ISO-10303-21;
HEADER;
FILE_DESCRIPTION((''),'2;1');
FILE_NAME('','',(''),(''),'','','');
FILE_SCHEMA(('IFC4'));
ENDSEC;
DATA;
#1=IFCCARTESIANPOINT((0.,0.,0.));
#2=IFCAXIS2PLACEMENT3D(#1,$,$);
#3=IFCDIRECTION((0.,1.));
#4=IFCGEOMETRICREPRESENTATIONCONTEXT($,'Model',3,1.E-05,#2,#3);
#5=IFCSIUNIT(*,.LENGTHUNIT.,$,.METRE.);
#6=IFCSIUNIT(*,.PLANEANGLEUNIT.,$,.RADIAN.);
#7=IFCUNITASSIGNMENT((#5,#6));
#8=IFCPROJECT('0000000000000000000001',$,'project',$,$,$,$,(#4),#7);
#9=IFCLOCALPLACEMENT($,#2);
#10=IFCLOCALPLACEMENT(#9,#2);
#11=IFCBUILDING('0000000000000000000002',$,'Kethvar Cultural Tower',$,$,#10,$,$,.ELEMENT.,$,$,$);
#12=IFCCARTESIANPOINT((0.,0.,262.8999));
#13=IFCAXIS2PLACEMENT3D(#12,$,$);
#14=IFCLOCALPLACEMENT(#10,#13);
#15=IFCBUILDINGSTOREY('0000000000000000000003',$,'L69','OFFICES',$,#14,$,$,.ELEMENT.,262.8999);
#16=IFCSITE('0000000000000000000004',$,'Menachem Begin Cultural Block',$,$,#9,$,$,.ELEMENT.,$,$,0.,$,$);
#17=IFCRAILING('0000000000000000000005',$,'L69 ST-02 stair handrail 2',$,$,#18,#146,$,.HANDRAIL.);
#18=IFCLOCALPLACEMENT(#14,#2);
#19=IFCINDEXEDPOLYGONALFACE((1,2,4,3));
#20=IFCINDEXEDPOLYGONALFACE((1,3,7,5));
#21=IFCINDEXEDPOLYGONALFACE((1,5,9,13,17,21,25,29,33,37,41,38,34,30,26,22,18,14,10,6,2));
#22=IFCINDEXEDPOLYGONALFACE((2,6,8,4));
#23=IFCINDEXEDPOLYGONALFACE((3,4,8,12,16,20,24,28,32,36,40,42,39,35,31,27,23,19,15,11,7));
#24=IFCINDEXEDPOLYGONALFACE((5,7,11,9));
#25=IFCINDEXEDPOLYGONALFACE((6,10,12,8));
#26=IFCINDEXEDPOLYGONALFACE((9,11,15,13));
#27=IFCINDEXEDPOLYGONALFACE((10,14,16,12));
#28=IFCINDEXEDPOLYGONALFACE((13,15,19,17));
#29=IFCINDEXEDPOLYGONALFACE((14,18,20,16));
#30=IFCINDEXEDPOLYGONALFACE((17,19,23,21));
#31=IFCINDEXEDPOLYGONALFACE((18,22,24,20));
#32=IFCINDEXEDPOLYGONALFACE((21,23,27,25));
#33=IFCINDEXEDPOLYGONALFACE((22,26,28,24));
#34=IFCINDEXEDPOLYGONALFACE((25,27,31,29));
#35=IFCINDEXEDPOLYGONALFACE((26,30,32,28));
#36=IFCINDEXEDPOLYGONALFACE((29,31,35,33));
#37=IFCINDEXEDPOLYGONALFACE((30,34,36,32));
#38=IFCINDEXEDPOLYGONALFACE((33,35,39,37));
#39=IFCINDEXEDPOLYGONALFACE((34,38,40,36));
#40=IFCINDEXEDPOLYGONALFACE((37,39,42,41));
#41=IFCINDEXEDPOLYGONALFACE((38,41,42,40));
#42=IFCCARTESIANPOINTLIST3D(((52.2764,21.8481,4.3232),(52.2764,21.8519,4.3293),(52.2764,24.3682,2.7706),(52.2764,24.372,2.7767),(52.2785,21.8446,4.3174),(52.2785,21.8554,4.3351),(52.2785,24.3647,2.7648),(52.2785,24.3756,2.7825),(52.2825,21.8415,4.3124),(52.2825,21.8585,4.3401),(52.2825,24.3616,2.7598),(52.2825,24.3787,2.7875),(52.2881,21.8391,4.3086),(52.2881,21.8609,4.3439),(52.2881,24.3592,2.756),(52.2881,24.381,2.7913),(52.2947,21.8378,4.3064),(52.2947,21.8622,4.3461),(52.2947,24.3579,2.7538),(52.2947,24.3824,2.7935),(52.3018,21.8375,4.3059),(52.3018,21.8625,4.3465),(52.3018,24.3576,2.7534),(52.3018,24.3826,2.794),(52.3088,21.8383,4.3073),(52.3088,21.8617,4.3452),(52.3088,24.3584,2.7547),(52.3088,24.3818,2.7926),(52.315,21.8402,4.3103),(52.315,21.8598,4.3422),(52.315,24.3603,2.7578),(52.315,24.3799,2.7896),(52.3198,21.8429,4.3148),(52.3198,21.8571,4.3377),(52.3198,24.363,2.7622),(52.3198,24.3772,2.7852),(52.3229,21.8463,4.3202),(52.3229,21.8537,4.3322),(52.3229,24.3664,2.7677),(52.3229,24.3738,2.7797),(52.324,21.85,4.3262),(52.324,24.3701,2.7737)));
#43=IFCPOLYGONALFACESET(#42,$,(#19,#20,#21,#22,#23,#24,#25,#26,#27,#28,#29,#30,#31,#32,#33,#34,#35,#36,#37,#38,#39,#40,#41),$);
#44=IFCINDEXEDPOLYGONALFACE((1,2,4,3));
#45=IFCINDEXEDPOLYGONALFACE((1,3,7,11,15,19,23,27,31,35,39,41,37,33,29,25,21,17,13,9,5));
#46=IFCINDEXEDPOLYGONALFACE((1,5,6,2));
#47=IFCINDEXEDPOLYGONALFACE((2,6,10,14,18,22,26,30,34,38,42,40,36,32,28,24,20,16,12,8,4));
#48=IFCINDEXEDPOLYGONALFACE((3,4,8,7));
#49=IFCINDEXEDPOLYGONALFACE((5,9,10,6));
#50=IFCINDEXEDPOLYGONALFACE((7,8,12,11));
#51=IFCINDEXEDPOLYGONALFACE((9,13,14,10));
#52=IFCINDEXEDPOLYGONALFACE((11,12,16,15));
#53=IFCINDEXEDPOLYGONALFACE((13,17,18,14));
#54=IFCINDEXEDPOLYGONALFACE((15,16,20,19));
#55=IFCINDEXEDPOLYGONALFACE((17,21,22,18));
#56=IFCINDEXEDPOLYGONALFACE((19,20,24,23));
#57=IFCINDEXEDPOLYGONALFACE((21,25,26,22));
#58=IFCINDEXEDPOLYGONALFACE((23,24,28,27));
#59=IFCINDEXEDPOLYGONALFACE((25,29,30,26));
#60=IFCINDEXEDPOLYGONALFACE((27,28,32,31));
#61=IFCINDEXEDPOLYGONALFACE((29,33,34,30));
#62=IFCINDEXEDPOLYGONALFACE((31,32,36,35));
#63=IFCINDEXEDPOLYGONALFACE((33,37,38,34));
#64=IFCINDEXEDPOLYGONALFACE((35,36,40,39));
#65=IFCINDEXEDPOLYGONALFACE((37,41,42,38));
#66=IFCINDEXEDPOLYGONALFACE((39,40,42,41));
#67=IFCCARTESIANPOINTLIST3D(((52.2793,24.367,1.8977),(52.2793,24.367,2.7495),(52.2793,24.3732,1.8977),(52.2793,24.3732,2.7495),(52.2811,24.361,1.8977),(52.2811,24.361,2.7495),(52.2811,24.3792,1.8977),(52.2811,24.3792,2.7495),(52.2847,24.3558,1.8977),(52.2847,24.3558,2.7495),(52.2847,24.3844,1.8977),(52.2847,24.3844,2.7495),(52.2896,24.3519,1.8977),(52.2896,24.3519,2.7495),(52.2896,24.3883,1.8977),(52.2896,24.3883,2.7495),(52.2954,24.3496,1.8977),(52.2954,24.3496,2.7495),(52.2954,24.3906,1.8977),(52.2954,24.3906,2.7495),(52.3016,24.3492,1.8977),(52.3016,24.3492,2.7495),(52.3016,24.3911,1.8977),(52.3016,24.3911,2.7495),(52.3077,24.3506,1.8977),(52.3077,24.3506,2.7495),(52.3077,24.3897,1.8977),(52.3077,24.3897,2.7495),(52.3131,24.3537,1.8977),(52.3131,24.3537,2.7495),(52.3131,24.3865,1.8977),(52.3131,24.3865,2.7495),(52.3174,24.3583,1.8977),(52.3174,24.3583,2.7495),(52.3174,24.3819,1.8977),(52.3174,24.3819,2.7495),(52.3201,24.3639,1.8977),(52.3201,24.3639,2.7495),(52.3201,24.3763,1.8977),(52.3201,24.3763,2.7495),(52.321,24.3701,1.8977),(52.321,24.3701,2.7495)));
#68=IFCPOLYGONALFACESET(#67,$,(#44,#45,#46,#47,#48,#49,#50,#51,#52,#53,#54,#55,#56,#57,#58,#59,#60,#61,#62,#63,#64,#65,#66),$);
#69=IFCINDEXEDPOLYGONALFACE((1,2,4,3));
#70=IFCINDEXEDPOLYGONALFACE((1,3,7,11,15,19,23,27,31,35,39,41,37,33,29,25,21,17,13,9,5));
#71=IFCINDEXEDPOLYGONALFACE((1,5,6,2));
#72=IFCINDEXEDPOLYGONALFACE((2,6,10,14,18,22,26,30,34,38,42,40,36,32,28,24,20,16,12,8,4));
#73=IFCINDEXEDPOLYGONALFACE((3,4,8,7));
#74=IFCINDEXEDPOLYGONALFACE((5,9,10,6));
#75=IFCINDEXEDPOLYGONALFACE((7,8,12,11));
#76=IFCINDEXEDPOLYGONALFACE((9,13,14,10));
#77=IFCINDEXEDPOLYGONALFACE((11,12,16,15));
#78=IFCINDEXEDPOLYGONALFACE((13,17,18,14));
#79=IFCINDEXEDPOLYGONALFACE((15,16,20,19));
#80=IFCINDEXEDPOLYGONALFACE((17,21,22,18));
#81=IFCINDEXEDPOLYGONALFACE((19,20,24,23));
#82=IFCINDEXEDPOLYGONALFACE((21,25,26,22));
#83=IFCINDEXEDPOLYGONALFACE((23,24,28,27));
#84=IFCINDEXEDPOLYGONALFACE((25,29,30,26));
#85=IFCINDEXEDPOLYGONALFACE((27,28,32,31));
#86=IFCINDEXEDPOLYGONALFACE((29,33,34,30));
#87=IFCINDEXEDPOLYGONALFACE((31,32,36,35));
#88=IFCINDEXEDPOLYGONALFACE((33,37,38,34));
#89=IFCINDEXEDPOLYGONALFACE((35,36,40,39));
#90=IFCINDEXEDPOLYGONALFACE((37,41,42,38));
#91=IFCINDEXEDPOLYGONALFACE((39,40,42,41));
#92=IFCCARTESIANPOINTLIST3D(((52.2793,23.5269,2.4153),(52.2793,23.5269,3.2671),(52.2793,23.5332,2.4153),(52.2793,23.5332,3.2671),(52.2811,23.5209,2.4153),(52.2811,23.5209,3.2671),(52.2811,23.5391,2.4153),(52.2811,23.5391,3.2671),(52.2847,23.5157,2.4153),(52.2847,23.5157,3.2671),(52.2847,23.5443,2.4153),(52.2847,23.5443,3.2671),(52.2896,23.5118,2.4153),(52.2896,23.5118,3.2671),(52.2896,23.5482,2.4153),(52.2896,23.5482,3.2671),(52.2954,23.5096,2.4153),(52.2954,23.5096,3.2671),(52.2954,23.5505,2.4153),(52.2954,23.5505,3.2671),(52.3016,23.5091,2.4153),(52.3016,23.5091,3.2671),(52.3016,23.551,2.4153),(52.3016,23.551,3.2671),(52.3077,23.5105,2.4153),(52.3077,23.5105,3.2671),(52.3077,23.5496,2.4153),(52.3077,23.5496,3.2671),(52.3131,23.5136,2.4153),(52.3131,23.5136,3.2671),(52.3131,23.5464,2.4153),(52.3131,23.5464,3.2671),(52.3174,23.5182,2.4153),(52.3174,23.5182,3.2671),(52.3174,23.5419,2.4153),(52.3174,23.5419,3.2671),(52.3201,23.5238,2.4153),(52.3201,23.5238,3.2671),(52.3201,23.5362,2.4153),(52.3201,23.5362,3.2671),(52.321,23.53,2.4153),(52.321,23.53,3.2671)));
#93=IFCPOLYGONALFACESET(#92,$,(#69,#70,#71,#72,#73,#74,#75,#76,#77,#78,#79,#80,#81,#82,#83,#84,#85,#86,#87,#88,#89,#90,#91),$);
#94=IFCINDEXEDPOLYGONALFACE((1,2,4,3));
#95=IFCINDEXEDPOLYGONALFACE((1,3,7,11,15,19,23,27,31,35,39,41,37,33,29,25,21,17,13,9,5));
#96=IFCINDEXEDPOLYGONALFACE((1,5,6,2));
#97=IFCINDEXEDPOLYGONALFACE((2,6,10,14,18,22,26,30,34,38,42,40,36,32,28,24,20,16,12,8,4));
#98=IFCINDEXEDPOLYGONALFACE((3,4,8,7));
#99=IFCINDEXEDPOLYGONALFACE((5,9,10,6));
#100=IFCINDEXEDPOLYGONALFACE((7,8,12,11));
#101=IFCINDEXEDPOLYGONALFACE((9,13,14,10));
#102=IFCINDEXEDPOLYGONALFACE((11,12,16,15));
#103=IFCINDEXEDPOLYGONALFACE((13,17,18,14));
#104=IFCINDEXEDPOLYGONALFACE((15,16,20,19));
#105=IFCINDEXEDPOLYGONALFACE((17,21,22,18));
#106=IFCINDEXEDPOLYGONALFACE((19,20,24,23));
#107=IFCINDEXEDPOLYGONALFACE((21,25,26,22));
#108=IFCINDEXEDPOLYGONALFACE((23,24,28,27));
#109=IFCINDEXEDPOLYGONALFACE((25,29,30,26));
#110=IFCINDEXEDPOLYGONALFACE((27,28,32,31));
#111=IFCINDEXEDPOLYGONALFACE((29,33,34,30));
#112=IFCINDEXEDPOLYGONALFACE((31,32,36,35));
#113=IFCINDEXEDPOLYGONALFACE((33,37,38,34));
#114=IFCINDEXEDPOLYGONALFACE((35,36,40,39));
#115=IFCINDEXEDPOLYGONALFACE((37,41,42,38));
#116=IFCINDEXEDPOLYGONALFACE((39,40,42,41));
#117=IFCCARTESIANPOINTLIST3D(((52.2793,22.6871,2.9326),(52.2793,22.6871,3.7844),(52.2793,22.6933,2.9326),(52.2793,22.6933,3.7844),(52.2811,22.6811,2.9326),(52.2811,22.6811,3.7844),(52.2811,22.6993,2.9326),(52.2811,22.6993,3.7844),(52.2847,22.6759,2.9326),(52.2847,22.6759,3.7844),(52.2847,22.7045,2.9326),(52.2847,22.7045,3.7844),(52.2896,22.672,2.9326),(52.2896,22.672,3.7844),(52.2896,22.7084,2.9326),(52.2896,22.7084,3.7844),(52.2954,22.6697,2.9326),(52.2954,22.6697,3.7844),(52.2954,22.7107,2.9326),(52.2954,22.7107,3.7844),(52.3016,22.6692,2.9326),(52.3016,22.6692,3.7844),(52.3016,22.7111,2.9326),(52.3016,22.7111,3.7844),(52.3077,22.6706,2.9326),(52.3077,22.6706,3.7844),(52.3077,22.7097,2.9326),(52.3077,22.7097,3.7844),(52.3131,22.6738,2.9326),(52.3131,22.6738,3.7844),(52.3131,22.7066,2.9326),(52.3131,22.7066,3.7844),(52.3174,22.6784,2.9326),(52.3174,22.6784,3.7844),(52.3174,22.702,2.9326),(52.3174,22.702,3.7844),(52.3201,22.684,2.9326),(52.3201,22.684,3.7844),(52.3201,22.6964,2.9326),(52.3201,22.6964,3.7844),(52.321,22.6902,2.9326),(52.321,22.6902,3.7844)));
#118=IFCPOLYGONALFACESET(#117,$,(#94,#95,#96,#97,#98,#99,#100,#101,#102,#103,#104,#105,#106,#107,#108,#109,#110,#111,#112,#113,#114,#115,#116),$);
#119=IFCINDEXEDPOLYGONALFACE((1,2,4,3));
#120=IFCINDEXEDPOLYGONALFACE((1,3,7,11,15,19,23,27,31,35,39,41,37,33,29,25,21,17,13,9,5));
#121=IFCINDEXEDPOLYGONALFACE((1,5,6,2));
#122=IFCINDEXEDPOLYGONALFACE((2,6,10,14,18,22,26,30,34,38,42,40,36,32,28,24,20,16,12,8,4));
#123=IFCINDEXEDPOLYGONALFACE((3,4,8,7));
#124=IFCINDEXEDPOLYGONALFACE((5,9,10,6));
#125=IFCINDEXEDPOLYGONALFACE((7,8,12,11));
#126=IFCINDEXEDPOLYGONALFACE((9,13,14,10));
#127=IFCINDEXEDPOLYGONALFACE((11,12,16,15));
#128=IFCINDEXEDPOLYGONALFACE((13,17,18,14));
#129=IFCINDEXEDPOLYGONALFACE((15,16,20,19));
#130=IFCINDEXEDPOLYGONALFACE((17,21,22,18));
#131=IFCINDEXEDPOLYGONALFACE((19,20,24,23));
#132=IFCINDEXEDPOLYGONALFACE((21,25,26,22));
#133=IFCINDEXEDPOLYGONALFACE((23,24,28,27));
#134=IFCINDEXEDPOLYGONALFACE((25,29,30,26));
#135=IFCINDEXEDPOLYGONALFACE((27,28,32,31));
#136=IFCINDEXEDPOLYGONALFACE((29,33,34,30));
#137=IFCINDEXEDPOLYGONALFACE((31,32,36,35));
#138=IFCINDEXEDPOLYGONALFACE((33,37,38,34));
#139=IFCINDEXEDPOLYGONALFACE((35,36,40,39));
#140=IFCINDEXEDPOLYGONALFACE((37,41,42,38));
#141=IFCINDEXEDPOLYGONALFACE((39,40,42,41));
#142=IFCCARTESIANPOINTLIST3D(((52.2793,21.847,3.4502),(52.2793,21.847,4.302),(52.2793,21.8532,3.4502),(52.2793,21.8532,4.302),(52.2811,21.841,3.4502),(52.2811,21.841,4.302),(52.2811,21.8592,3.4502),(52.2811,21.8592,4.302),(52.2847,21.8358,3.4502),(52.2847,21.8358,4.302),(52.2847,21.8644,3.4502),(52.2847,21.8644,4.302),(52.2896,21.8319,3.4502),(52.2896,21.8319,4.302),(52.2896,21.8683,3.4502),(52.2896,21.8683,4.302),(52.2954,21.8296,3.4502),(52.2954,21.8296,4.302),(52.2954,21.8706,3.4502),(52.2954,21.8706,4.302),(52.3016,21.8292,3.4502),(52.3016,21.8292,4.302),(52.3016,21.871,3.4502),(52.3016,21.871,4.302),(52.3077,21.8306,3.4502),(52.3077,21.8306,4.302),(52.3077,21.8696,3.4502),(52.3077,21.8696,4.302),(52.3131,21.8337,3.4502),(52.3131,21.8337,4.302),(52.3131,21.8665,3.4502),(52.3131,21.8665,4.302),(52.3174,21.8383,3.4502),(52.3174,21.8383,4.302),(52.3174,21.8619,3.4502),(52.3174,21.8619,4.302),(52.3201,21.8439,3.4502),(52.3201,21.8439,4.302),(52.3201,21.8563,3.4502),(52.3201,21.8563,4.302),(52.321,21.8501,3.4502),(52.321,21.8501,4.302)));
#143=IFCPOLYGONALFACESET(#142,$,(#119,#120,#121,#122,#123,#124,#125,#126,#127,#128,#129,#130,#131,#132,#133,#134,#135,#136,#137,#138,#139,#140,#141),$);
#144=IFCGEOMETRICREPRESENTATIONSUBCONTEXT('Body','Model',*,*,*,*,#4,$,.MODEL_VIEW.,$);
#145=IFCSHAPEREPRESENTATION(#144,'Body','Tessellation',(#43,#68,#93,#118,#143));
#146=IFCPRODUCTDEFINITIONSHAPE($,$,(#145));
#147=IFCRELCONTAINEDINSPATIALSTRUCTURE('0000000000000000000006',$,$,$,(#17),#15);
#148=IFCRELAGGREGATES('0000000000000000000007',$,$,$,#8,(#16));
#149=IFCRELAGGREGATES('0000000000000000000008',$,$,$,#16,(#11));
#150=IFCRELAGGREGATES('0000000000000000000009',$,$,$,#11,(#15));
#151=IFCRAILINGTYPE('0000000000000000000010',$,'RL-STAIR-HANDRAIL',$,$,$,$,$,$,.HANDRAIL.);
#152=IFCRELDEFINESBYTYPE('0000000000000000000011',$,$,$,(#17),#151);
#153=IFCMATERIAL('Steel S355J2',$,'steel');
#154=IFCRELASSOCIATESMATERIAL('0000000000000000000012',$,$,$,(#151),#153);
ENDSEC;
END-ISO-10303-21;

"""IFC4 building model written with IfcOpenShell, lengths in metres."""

from ifc_helpers import new_model, si_unit, direction, frame, origin, origin_2d, place, context, subcontext, project, spatial, circle, extrude, material, type_object, element, save


model = new_model("IFC4")

# Units and contexts
model_context = context("Model", 3, precision=1e-05, world=origin(), true_north=direction((0.0, 1.0)))
body_context = subcontext(model_context, "Body", "Model", "MODEL_VIEW")
ifc_project = project(units=[si_unit("LENGTHUNIT", "METRE"), si_unit("PLANEANGLEUNIT", "RADIAN")], contexts=[model_context])

# Site, building, storey
site_placement = place(None, origin())
site = spatial("IfcSite", under=ifc_project, at=site_placement, Name="Menachem Begin Cultural Block", CompositionType="ELEMENT", RefElevation=0.0)
building_placement = place(site_placement, origin())
building = spatial("IfcBuilding", under=site, at=building_placement, Name="Kethvar Cultural Tower", CompositionType="ELEMENT")
storey_placement = place(building_placement, frame((0.0, 0.0, 262.8999)))
storey = spatial("IfcBuildingStorey", under=building, at=storey_placement, Name="L69", Description="OFFICES", CompositionType="ELEMENT", Elevation=262.8999)

# Shared definitions
ifc_material_1 = material(Name="Steel S355J2", Category="steel")

# Railing
railing_type_1 = type_object("IfcRailingType", Name="RL-STAIR-HANDRAIL", PredefinedType="HANDRAIL", material=ifc_material_1)
railing_1_placement = place(storey_placement, frame((52.3, 24.3701, 1.8977)))
element("IfcRailing", 1, at=railing_1_placement, inside=storey, type_object=railing_type_1, Name="L69 ST-02 stair handrail 2", PredefinedType="HANDRAIL", context=body_context, shape_type="SweptSolid", body=[
    extrude(circle(Radius=0.0239, at=origin_2d()), frame((0.0, 0.0, 0.876), z_axis=(0.0, -0.8514, 0.524516), x_axis=(1.0, 0.0, 0.0)), (0.0, 0.0, 1.0), 2.96),
    extrude(circle(Radius=0.021, at=origin_2d()), origin(), (0.0, 0.0, 1.0), 0.8518),
    extrude(circle(Radius=0.021, at=origin_2d()), frame((0.0, -0.8401, 0.5176)), (0.0, 0.0, 1.0), 0.8518),
    extrude(circle(Radius=0.021, at=origin_2d()), frame((0.0, -1.6799, 1.0349)), (0.0, 0.0, 1.0), 0.8518),
    extrude(circle(Radius=0.021, at=origin_2d()), frame((0.0, -2.52, 1.5525)), (0.0, 0.0, 1.0), 0.8518),
])

save(model, "model.ifc")
